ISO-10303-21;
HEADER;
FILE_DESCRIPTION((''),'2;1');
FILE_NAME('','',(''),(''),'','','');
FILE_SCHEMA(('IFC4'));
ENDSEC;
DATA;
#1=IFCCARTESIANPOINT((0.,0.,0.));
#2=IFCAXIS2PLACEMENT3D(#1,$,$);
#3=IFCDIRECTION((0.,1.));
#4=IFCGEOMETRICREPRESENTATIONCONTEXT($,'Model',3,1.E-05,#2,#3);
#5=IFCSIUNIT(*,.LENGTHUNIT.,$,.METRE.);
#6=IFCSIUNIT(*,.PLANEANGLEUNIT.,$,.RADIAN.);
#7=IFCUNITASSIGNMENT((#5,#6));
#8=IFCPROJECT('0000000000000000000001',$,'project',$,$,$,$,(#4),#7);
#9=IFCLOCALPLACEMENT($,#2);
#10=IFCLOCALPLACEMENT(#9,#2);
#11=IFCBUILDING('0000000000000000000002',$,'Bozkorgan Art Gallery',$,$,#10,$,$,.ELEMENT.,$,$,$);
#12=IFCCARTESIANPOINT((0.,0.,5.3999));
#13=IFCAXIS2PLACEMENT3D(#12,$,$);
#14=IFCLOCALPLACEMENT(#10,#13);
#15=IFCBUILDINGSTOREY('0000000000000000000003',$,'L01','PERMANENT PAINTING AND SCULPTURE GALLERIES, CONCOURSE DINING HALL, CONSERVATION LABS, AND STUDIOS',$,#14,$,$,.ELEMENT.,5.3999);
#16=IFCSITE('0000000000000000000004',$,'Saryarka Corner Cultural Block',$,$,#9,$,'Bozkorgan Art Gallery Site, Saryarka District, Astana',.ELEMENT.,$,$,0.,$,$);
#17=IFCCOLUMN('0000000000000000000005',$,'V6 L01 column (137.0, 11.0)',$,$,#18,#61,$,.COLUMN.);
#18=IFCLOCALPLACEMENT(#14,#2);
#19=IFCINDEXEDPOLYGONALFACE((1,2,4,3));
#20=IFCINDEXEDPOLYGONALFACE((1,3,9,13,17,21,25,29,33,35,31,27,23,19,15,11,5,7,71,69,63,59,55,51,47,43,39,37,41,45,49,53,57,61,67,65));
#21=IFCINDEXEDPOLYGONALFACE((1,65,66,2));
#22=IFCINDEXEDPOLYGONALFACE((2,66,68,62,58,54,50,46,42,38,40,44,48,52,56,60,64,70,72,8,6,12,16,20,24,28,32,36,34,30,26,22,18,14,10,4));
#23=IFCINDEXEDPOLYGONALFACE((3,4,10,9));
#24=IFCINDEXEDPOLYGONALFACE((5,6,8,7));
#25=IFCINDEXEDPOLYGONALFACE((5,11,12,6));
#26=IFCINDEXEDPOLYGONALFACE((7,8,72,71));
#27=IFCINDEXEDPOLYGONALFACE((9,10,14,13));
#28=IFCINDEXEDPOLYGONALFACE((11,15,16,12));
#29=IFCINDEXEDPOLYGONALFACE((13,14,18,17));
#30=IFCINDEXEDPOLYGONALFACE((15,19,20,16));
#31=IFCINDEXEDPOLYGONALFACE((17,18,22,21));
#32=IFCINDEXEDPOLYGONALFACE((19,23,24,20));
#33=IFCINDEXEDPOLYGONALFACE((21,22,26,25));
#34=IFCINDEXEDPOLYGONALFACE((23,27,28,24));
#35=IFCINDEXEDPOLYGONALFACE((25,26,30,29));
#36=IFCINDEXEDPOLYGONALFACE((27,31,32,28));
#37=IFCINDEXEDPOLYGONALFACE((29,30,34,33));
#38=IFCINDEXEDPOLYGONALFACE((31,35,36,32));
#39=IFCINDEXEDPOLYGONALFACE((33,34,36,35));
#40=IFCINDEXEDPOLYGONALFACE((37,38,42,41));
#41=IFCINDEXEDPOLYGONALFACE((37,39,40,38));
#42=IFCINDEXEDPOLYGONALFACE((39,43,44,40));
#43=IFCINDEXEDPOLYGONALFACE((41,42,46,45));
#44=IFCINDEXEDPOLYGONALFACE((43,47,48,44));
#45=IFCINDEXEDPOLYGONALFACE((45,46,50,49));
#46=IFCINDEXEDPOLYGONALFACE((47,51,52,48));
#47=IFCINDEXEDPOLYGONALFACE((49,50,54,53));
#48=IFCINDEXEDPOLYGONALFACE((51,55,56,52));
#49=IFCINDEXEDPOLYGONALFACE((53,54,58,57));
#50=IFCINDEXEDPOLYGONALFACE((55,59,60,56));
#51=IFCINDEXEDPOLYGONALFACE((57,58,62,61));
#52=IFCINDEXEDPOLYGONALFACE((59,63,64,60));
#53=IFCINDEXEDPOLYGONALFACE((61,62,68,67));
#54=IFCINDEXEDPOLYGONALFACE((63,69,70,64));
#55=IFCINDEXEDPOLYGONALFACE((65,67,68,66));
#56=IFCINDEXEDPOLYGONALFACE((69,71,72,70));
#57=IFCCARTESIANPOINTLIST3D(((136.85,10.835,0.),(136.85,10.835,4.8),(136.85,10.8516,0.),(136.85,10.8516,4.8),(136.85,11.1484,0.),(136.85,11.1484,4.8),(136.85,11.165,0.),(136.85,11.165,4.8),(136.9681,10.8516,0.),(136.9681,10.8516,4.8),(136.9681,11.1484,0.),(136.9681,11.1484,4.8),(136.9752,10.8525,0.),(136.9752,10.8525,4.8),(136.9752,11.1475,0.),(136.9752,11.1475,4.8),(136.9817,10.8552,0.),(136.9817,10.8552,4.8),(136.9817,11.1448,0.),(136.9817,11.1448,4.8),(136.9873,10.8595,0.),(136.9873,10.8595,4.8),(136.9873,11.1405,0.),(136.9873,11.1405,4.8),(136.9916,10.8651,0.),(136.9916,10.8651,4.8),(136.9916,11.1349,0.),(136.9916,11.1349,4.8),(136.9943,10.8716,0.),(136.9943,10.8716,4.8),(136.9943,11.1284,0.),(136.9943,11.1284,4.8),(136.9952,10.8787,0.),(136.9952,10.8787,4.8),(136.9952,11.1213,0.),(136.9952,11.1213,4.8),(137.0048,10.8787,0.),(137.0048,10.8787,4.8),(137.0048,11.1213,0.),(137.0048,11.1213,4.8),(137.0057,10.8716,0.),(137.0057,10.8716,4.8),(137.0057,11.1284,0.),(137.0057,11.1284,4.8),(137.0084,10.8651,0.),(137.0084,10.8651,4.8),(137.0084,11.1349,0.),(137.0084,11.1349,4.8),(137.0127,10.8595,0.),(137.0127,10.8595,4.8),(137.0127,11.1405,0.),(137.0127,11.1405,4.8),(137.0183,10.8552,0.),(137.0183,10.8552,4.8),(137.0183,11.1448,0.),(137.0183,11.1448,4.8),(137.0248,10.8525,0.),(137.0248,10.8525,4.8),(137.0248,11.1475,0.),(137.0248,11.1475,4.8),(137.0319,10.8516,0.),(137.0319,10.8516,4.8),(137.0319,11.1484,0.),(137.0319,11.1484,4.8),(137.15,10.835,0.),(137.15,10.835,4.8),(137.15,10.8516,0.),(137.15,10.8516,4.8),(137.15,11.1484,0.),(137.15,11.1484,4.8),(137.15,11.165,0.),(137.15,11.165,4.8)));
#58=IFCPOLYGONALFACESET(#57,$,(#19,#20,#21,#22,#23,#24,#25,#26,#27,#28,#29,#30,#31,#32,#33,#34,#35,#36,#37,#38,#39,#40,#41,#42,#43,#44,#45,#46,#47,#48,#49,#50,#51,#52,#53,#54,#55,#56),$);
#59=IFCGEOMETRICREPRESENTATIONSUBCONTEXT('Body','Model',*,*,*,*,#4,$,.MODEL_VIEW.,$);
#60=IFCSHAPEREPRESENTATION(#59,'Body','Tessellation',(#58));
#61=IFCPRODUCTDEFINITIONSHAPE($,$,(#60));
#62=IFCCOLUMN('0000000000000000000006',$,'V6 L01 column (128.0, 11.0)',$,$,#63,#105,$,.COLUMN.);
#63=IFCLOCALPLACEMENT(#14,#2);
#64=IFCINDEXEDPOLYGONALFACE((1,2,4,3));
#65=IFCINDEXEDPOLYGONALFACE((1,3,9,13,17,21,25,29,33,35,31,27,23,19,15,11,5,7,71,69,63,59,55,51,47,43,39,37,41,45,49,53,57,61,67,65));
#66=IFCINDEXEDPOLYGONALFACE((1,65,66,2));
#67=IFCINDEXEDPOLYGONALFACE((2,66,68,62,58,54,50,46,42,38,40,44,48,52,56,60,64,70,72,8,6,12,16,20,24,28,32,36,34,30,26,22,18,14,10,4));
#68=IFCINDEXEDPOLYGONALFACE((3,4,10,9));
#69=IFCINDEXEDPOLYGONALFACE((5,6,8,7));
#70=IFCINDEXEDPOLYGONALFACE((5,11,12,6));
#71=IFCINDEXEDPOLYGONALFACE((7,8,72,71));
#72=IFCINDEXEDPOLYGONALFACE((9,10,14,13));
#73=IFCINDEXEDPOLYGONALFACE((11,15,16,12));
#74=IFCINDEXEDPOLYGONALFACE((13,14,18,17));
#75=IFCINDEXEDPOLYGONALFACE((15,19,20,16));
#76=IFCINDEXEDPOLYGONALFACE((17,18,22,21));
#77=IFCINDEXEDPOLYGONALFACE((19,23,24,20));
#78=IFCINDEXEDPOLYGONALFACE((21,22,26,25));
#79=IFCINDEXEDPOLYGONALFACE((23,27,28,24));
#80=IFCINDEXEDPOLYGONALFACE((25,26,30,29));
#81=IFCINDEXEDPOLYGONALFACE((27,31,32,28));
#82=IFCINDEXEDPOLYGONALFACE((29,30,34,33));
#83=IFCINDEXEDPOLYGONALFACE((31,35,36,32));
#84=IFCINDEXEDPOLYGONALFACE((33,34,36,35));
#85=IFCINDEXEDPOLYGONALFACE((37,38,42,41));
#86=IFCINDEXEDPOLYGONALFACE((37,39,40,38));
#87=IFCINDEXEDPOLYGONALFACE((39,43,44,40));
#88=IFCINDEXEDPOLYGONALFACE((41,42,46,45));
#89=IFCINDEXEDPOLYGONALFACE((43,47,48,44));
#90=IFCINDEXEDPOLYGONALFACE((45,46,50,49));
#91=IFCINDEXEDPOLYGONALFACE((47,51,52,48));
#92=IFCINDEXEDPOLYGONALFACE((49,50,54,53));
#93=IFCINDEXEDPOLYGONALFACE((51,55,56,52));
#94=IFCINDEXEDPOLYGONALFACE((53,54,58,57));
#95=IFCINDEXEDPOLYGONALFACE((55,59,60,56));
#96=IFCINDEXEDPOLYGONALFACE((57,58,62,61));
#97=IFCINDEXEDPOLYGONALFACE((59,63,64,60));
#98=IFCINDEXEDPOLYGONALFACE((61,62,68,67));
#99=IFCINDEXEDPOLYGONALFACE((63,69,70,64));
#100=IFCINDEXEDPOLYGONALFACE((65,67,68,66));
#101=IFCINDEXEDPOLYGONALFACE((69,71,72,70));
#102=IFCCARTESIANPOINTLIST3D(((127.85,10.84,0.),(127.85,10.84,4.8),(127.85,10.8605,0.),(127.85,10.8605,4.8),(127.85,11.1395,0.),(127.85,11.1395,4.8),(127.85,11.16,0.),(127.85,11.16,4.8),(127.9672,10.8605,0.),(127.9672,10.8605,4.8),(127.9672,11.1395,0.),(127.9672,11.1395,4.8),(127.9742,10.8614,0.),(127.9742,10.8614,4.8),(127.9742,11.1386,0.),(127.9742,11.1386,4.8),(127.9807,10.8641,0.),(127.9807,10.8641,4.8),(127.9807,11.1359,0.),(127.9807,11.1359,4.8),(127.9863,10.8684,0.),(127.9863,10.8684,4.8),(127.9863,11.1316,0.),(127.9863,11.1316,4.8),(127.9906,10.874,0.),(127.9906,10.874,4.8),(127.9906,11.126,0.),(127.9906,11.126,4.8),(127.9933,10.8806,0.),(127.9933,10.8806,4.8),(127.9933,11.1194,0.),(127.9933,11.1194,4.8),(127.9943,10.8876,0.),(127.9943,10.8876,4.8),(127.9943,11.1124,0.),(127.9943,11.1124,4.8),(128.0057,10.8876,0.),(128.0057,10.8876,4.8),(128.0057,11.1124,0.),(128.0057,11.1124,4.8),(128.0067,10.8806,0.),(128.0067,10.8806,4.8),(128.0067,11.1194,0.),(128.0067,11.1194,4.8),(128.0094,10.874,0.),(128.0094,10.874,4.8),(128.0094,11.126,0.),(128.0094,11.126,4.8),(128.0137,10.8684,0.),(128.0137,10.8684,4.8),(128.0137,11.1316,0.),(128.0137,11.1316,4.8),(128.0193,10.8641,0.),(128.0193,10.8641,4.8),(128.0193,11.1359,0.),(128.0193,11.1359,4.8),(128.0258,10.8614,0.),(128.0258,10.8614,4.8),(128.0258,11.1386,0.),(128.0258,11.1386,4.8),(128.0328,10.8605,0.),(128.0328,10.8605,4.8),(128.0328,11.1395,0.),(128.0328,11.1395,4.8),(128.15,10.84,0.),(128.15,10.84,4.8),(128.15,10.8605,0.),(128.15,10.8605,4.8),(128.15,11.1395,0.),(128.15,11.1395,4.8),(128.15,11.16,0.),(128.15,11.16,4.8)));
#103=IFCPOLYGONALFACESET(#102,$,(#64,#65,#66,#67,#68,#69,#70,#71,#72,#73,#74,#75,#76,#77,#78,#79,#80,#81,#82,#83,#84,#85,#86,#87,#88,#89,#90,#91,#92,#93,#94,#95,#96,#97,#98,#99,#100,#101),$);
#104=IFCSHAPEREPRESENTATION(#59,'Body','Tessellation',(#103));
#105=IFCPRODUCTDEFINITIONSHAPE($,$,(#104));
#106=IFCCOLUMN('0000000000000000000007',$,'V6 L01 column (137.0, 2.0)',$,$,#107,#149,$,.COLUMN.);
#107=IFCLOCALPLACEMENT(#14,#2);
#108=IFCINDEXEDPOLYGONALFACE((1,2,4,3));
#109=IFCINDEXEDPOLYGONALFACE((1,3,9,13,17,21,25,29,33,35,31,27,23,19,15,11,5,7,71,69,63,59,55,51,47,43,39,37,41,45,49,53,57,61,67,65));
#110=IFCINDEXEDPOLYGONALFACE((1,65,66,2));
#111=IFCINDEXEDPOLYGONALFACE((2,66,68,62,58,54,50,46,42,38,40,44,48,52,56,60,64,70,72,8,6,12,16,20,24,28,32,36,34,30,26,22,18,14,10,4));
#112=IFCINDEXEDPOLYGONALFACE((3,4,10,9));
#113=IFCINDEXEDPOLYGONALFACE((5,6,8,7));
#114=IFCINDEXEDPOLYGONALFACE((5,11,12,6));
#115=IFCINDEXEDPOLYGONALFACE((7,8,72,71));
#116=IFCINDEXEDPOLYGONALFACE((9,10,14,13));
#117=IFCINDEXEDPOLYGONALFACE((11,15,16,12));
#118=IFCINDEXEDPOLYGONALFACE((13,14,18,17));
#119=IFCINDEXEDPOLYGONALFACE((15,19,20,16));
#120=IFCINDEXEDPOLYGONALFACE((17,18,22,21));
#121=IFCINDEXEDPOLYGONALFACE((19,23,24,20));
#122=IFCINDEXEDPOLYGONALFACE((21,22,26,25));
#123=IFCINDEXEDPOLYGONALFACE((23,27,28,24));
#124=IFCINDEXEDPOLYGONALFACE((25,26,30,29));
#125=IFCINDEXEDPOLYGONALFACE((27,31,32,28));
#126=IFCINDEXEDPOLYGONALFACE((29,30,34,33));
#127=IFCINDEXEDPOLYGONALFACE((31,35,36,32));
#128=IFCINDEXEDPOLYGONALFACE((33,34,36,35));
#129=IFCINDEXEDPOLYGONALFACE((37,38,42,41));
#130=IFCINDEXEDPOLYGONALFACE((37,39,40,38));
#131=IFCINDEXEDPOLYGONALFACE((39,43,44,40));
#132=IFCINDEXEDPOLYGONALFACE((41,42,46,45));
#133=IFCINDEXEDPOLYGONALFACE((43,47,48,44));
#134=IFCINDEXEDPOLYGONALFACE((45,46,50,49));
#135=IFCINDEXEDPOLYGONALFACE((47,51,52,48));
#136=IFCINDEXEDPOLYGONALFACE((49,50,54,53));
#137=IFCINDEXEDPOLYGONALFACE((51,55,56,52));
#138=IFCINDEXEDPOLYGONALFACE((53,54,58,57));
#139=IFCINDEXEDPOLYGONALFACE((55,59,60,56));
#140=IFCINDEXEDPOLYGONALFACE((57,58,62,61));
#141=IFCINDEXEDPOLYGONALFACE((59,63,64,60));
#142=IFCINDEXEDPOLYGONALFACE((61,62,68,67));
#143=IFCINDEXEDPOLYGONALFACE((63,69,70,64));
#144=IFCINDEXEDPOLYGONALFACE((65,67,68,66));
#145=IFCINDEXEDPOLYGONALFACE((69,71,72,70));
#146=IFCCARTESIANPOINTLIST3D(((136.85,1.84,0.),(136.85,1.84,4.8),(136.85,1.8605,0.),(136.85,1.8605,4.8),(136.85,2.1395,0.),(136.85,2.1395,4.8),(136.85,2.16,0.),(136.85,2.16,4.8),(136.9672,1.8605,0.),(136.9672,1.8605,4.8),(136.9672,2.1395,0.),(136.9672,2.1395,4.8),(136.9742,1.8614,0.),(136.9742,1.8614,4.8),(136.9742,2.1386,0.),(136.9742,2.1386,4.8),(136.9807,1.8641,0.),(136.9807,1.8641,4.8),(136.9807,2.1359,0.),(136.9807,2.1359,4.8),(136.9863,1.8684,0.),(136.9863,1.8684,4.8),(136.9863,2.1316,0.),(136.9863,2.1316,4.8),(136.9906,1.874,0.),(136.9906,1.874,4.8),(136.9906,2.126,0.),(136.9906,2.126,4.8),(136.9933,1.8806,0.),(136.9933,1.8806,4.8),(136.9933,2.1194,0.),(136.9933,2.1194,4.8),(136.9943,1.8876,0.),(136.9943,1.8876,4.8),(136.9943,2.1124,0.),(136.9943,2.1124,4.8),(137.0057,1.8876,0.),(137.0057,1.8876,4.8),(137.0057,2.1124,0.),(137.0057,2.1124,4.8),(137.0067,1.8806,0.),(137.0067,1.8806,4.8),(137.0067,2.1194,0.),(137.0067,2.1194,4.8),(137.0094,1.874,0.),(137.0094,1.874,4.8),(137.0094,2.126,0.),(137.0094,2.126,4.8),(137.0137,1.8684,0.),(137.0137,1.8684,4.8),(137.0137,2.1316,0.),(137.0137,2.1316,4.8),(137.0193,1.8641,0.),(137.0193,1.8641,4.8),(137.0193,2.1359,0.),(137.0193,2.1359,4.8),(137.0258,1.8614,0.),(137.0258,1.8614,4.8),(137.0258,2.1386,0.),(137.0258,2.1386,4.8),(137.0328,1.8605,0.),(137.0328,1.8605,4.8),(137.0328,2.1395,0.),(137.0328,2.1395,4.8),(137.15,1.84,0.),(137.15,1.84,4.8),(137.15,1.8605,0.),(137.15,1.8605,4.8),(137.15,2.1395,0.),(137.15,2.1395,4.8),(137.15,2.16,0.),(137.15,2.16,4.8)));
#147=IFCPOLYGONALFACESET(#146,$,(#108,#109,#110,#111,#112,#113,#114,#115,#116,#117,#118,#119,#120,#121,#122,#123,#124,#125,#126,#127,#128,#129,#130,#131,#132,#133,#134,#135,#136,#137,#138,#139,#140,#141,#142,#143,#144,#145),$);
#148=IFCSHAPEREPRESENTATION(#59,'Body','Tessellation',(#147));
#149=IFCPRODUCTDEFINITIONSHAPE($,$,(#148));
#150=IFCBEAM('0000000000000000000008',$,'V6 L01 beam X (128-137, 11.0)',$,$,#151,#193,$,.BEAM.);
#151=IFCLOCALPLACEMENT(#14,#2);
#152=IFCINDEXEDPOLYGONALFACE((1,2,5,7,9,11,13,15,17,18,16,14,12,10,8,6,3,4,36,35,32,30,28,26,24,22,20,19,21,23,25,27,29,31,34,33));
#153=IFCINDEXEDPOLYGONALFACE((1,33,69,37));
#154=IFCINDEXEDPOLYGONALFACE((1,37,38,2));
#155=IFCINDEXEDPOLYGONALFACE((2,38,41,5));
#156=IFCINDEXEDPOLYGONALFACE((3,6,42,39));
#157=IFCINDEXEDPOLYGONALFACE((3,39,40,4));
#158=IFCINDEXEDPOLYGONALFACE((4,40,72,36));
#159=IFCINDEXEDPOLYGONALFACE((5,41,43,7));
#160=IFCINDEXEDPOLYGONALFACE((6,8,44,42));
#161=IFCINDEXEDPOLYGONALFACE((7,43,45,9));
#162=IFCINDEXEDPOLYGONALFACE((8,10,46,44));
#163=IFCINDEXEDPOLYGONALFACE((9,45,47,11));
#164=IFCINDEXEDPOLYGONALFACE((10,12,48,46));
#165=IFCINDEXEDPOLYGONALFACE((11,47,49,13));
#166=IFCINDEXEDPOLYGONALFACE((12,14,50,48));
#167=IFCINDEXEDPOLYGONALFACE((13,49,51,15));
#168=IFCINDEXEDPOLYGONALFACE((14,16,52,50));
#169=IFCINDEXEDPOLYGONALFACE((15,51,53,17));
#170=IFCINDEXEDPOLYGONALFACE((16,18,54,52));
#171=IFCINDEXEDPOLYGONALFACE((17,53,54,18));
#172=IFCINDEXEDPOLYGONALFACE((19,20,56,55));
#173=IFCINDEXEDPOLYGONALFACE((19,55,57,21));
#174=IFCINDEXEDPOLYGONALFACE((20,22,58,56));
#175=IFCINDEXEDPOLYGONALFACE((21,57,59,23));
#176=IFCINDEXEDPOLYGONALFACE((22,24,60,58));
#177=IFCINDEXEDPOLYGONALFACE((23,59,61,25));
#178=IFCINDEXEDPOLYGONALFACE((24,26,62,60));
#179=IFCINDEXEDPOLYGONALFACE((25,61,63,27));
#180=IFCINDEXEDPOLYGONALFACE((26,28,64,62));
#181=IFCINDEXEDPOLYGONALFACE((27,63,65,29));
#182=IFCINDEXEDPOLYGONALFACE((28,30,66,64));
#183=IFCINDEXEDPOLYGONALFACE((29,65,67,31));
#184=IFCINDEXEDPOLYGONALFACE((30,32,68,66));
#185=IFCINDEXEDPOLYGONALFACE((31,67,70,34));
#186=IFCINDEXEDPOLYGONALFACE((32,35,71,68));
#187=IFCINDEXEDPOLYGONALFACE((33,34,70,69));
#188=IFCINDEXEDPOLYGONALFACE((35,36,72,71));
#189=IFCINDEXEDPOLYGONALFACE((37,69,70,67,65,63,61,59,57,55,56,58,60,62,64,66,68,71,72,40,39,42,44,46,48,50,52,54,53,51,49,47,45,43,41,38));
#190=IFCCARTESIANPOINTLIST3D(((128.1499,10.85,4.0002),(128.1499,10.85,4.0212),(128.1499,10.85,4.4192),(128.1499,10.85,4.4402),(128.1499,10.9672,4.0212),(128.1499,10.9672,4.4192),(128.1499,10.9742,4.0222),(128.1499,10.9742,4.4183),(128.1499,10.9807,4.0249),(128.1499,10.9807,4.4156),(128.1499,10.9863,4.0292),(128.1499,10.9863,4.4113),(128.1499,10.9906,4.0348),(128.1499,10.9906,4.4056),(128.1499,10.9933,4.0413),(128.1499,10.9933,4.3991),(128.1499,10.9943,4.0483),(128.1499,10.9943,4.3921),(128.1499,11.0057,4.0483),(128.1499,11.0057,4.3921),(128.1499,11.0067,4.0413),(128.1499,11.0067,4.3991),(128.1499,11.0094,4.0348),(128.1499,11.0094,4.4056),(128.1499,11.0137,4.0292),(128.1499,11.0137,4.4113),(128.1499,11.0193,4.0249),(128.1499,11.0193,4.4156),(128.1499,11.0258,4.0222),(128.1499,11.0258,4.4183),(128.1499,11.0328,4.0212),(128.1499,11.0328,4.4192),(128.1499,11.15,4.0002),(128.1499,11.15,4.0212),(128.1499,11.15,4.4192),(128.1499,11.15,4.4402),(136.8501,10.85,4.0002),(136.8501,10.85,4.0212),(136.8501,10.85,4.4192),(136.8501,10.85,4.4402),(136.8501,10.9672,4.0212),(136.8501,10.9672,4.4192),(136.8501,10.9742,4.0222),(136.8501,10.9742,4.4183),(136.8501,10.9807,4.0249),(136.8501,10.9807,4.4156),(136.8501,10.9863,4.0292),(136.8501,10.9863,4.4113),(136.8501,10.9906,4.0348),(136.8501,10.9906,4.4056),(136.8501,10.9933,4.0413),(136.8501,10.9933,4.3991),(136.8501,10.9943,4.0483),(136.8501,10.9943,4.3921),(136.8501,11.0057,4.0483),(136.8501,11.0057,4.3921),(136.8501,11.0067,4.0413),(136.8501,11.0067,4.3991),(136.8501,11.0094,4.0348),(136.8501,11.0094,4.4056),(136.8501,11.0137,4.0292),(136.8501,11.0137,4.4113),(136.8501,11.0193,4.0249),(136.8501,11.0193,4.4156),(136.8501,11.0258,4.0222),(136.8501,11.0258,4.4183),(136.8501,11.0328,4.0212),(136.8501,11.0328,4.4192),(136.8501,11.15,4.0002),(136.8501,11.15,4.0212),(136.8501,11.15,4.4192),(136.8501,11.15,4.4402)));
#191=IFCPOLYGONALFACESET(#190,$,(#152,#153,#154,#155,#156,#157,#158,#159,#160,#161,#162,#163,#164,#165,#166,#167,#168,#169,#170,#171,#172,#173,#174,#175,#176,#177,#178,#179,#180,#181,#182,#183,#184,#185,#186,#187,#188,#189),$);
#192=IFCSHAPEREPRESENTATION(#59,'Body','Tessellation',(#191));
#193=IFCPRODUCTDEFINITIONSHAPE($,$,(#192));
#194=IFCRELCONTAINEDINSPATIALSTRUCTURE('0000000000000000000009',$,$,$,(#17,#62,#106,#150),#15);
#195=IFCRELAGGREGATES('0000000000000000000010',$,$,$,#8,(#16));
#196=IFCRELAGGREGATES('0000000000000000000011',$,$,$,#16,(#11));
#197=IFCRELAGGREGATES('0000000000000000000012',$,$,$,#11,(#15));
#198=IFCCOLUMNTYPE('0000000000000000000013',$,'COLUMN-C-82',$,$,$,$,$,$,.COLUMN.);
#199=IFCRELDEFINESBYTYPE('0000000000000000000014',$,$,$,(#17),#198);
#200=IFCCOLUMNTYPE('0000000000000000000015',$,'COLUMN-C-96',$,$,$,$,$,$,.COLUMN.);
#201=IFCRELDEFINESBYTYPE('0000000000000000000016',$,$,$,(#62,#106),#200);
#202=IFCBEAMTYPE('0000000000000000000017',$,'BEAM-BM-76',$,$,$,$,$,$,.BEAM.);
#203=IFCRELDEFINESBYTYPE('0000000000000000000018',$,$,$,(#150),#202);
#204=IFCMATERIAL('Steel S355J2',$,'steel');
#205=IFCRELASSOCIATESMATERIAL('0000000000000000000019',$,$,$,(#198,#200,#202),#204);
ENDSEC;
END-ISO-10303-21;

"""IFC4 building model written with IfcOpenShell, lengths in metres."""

from ifc_helpers import new_model, si_unit, direction, frame, origin, origin_2d, place, context, subcontext, project, spatial, i_section, extrude, material, material_profile, profile_set, type_object, element, save


model = new_model("IFC4")

# Units and contexts
model_context = context("Model", 3, precision=1e-05, world=origin(), true_north=direction((0.0, 1.0)))
body_context = subcontext(model_context, "Body", "Model", "MODEL_VIEW")
ifc_project = project(units=[si_unit("LENGTHUNIT", "METRE"), si_unit("PLANEANGLEUNIT", "RADIAN")], contexts=[model_context])

# Site, building, storey
site_placement = place(None, origin())
site = spatial("IfcSite", under=ifc_project, at=site_placement, Name="Saryarka Corner Cultural Block", LongName="Bozkorgan Art Gallery Site, Saryarka District, Astana", CompositionType="ELEMENT", RefElevation=0.0)
building_placement = place(site_placement, origin())
building = spatial("IfcBuilding", under=site, at=building_placement, Name="Bozkorgan Art Gallery", CompositionType="ELEMENT")
storey_placement = place(building_placement, frame((0.0, 0.0, 5.3999)))
storey = spatial("IfcBuildingStorey", under=building, at=storey_placement, Name="L01", Description="PERMANENT PAINTING AND SCULPTURE GALLERIES, CONCOURSE DINING HALL, CONSERVATION LABS, AND STUDIOS", CompositionType="ELEMENT", Elevation=5.3999)

# Columns
ifc_material_1 = material(Name="Steel S355J2", Category="steel")
ifc_material_profile_1 = material_profile(ifc_material_1, i_section(OverallWidth=0.3, OverallDepth=0.3301, WebThickness=0.0095, FlangeThickness=0.0166, FilletRadius=0.0271, at=origin_2d()), Name="HEA 340")
ifc_profile_set_1 = profile_set([ifc_material_profile_1], Name="Steel S355J2")
column_type_1 = type_object("IfcColumnType", Name="COLUMN-C-82", PredefinedType="COLUMN", material=ifc_profile_set_1)
column_placement = place(storey_placement, frame((137.0, 11.0, 0.0), z_axis=(0.0, 0.0, 1.0), x_axis=(1.0, 0.0, 0.0)))
element("IfcColumn", 1, at=column_placement, inside=storey, type_object=column_type_1, Name="V6 L01 column (137.0, 11.0)", PredefinedType="COLUMN", context=body_context, shape_type="SweptSolid", body=[
    extrude(i_section(OverallWidth=0.3, OverallDepth=0.3301, WebThickness=0.0095, FlangeThickness=0.0166, FilletRadius=0.0271, at=origin_2d()), origin(), (0.0, 0.0, 1.0), 4.8),
])
ifc_material_profile_2 = material_profile(ifc_material_1, i_section(OverallWidth=0.3, OverallDepth=0.3201, WebThickness=0.0115, FlangeThickness=0.0205, FilletRadius=0.0271, at=origin_2d()), Name="HEB 320")
ifc_profile_set_2 = profile_set([ifc_material_profile_2], Name="Steel S355J2")
column_type_2 = type_object("IfcColumnType", Name="COLUMN-C-96", PredefinedType="COLUMN", material=ifc_profile_set_2)
for number, where, z_axis, x_axis, name in (
    (2, (128.0, 11.0, 0.0), (0.0, 0.0, 1.0), (1.0, 0.0, 0.0), "V6 L01 column (128.0, 11.0)"),
    (3, (137.0, 2.0, 0.0), (0.0, 0.0, 1.0), (1.0, 0.0, 0.0), "V6 L01 column (137.0, 2.0)"),
):
    element("IfcColumn", number, at=place(storey_placement, frame(where, z_axis=z_axis, x_axis=x_axis)), inside=storey, type_object=column_type_2, Name=name, PredefinedType="COLUMN", context=body_context, shape_type="SweptSolid", body=[
        extrude(i_section(OverallWidth=0.3, OverallDepth=0.3201, WebThickness=0.0115, FlangeThickness=0.0205, FilletRadius=0.0271, at=origin_2d()), origin(), (0.0, 0.0, 1.0), 4.8),
    ])

# Beam
ifc_material_profile_3 = material_profile(ifc_material_1, i_section(OverallWidth=0.3, OverallDepth=0.4399, WebThickness=0.0115, FlangeThickness=0.021, FilletRadius=0.0271, at=origin_2d()), Name="HEA 450")
ifc_profile_set_3 = profile_set([ifc_material_profile_3], Name="Steel S355J2")
beam_type_1 = type_object("IfcBeamType", Name="BEAM-BM-76", PredefinedType="BEAM", material=ifc_profile_set_3)
beam_1_placement = place(storey_placement, frame((128.1499, 11.0, 4.2202), z_axis=(1.0, 0.0, 0.0), x_axis=(0.0, 1.0, 0.0)))
element("IfcBeam", 4, at=beam_1_placement, inside=storey, type_object=beam_type_1, Name="V6 L01 beam X (128-137, 11.0)", PredefinedType="BEAM", context=body_context, shape_type="SweptSolid", body=[
    extrude(i_section(OverallWidth=0.3, OverallDepth=0.4399, WebThickness=0.0115, FlangeThickness=0.021, FilletRadius=0.0271, at=origin_2d()), origin(), (0.0, 0.0, 1.0), 8.7002),
])

save(model, "model.ifc")
